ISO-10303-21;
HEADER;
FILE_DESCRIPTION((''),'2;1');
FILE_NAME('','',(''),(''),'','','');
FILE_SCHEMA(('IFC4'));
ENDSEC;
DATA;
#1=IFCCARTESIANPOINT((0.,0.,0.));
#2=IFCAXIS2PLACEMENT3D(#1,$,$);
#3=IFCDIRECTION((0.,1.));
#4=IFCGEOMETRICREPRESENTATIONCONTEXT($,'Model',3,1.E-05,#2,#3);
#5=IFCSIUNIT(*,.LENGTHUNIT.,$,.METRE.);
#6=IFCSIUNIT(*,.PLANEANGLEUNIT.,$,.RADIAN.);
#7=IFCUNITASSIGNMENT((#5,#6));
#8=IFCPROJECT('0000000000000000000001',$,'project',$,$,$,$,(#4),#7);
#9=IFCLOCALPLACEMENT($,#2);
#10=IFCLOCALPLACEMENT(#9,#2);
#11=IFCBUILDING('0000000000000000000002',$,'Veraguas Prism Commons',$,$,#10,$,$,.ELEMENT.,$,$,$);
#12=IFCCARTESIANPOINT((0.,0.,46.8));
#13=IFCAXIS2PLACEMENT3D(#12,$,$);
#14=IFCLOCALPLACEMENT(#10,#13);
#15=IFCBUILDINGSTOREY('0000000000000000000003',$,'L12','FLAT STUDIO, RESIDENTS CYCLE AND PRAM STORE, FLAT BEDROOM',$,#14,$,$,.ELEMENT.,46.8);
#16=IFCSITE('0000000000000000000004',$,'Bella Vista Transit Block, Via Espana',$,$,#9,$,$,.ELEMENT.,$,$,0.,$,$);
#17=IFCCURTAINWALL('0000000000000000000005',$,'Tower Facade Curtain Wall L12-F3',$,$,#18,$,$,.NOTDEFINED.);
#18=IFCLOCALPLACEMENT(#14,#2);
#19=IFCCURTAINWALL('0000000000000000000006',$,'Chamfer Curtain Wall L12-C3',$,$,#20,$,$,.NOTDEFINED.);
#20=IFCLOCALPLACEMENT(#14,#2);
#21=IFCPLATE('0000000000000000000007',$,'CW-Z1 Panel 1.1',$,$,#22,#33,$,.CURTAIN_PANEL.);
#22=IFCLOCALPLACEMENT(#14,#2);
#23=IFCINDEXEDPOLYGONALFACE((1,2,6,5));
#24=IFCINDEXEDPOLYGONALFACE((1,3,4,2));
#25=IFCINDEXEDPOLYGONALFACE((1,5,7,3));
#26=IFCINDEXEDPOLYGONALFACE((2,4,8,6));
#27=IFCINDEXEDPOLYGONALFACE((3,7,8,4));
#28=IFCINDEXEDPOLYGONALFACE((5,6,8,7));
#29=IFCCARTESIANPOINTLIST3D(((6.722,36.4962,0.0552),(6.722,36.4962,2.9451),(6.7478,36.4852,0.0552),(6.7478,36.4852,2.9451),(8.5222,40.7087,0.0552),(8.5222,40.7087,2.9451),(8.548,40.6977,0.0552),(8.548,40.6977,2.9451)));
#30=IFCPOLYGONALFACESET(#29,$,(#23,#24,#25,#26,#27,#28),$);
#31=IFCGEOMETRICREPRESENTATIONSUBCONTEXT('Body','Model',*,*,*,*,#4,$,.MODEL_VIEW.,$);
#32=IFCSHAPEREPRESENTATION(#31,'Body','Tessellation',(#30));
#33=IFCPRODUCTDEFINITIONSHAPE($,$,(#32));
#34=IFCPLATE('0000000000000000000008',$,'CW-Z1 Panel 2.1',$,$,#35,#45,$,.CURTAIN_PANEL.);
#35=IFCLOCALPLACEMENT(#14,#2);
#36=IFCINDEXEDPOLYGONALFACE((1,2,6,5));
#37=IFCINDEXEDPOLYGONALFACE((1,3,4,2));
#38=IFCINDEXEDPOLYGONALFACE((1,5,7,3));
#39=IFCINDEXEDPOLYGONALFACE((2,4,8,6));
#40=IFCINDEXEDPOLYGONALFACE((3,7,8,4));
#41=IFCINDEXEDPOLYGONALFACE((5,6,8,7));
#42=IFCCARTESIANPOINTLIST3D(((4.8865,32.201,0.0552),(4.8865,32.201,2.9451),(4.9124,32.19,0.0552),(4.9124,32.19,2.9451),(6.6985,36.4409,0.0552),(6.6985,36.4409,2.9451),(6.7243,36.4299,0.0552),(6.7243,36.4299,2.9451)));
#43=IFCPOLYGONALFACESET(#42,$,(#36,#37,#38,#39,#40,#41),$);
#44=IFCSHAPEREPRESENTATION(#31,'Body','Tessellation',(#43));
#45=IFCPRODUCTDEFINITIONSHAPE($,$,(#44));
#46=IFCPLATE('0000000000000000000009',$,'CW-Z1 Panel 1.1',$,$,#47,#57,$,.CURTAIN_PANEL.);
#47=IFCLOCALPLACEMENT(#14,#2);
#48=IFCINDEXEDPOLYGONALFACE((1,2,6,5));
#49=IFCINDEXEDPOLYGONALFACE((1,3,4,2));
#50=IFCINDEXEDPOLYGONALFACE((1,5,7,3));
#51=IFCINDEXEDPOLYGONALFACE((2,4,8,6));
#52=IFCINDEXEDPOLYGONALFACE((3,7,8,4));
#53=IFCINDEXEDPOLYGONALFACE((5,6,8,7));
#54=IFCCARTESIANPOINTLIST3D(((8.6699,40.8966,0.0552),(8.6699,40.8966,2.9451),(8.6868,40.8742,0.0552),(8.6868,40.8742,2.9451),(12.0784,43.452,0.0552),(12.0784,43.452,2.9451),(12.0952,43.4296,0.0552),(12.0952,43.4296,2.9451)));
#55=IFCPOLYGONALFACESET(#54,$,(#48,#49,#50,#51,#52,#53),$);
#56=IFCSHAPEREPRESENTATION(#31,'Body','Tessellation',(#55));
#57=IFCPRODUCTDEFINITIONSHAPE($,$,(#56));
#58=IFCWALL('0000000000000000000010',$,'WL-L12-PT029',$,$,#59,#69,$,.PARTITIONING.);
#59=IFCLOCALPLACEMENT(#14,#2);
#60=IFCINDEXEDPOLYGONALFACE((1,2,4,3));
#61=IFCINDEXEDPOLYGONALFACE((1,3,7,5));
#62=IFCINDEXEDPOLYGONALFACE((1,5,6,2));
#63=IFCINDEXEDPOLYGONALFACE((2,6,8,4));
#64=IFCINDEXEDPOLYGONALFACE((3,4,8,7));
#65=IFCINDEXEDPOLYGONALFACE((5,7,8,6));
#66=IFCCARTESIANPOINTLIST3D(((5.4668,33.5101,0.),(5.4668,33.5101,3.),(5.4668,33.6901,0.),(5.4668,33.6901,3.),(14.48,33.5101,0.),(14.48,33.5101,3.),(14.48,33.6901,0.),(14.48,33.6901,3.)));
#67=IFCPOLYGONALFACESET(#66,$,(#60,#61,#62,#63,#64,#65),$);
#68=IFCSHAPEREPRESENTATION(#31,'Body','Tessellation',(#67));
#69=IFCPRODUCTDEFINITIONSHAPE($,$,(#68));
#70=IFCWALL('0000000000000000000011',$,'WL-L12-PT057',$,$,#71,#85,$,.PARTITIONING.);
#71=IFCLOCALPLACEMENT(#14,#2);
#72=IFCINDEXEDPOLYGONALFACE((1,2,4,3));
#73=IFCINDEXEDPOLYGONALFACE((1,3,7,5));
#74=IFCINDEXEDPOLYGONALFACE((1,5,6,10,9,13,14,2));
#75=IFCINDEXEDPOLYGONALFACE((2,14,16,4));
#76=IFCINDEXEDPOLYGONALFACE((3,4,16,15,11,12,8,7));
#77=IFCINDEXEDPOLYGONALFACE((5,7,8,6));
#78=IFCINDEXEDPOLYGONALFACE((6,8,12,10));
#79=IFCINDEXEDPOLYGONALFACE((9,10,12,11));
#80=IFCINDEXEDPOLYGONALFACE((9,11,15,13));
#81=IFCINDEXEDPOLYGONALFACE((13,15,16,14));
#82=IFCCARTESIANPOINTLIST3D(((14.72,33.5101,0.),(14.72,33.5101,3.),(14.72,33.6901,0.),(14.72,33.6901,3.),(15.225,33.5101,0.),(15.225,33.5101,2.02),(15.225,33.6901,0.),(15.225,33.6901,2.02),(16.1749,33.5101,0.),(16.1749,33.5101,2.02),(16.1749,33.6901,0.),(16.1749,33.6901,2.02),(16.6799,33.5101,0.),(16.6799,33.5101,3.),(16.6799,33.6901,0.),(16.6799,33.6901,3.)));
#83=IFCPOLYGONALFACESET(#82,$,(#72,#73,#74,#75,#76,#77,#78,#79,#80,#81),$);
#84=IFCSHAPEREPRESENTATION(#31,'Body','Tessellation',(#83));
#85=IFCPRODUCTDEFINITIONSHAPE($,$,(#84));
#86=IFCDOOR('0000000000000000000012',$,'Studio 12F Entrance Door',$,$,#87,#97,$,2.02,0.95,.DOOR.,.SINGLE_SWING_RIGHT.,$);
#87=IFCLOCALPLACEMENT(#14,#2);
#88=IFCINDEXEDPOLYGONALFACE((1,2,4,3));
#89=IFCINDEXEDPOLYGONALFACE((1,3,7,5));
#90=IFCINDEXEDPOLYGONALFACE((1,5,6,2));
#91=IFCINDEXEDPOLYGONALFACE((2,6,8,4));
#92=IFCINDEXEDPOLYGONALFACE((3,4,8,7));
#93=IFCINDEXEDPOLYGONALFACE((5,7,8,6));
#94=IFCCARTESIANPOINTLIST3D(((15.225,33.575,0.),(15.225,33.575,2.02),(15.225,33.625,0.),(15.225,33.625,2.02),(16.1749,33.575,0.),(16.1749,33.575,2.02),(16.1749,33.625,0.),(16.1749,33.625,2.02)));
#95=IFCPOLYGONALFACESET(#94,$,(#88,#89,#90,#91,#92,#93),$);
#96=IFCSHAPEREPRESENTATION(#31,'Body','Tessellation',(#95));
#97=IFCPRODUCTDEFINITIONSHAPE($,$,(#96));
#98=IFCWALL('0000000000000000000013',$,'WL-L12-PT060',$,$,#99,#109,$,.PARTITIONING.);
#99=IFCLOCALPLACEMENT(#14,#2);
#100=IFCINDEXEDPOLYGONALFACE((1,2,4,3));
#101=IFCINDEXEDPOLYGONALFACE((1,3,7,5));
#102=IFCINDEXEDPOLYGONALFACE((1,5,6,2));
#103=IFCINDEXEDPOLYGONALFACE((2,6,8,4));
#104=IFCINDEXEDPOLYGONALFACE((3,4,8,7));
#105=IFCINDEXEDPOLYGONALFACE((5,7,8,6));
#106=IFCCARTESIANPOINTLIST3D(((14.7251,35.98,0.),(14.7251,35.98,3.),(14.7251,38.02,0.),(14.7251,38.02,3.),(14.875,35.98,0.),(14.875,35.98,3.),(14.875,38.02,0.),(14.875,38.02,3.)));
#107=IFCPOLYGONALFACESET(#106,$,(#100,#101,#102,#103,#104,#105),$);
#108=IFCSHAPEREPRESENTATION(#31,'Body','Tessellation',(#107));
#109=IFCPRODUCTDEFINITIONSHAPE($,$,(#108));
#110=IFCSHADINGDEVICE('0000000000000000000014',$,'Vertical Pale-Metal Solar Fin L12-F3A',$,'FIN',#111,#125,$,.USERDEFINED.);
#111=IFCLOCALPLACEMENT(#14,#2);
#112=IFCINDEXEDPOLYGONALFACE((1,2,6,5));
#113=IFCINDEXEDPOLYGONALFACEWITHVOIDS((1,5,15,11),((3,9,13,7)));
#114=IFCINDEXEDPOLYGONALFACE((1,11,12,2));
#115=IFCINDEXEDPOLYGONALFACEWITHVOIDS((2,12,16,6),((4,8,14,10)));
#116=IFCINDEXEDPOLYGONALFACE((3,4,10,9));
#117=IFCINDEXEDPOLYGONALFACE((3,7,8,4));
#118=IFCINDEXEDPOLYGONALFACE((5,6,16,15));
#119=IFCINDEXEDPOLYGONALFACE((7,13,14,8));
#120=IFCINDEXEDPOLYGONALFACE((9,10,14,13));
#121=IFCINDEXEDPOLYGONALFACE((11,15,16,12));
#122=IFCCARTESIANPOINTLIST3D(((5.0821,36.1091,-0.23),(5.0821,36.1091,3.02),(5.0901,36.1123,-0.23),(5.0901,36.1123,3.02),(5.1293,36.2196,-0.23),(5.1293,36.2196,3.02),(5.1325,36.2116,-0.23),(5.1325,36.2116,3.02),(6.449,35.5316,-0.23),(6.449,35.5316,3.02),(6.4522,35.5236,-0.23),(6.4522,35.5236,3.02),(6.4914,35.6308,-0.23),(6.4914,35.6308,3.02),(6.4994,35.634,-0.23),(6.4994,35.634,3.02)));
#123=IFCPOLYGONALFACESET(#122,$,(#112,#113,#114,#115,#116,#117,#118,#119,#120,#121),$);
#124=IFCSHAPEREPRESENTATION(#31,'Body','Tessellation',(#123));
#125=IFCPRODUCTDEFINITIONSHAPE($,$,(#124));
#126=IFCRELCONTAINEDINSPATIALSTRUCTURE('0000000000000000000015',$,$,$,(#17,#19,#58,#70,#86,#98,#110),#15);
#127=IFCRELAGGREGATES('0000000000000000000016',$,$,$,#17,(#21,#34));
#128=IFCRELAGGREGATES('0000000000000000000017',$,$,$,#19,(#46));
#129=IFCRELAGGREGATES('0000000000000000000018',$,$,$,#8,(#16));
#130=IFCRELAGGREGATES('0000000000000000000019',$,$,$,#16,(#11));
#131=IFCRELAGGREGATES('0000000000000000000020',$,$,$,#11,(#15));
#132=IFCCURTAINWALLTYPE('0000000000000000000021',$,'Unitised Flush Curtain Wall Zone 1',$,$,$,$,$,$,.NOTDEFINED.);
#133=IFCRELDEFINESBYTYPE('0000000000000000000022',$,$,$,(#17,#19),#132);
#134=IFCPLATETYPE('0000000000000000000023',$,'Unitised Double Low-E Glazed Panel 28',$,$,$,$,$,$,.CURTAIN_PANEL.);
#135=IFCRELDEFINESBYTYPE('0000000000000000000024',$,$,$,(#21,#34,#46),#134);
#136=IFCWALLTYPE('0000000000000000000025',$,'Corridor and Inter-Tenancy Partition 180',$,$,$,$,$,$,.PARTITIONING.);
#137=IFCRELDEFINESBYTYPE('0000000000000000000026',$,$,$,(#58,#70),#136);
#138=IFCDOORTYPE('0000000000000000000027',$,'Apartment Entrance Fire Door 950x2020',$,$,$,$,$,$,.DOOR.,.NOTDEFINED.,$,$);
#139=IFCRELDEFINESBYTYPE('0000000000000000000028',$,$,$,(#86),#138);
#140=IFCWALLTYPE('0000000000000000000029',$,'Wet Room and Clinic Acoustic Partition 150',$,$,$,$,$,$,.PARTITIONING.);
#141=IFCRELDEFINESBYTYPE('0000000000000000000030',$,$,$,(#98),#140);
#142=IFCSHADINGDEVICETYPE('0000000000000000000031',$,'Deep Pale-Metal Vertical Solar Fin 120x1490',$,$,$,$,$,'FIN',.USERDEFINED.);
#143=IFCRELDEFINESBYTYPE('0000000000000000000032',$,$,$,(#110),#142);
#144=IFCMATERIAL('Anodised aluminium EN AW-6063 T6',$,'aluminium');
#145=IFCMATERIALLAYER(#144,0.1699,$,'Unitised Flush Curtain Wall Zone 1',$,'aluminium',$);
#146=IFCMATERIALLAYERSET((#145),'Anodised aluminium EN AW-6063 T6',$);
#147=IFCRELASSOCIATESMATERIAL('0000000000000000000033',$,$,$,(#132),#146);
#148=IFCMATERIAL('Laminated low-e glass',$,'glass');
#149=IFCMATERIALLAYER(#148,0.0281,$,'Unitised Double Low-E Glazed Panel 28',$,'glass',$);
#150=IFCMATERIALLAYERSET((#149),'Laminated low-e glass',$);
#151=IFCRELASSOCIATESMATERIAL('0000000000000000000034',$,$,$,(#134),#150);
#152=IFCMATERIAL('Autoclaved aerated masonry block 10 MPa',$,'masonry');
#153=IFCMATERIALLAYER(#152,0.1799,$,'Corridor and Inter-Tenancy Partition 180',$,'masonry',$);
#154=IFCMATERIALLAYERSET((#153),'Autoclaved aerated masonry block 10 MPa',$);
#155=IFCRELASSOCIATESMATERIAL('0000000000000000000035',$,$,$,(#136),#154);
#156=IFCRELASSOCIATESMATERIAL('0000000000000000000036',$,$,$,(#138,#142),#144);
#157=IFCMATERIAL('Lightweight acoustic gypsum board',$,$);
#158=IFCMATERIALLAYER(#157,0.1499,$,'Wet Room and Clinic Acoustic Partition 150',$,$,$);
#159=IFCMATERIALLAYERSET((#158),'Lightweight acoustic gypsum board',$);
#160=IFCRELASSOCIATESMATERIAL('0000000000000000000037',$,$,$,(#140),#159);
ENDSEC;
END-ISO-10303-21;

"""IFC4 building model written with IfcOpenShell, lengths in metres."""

from ifc_helpers import new_model, si_unit, direction, frame, frame_2d, origin, origin_2d, place, context, subcontext, project, spatial, rectangle, hollow_rectangle, extrude, source, transform, mapped, material, layer, layer_set, material_profile, profile_set, type_object, element, fill, aggregate, save


model = new_model("IFC4")

# Units and contexts
model_context = context("Model", 3, precision=1e-05, world=origin(), true_north=direction((0.0, 1.0)))
body_context = subcontext(model_context, "Body", "Model", "MODEL_VIEW")
ifc_project = project(units=[si_unit("LENGTHUNIT", "METRE"), si_unit("PLANEANGLEUNIT", "RADIAN")], contexts=[model_context])

# Site, building, storey
site_placement = place(None, origin())
site = spatial("IfcSite", under=ifc_project, at=site_placement, Name="Bella Vista Transit Block, Via Espana", CompositionType="ELEMENT", RefElevation=0.0)
building_placement = place(site_placement, origin())
building = spatial("IfcBuilding", under=site, at=building_placement, Name="Veraguas Prism Commons", CompositionType="ELEMENT")
storey_placement = place(building_placement, frame((0.0, 0.0, 46.8)))
storey = spatial("IfcBuildingStorey", under=building, at=storey_placement, Name="L12", Description="FLAT STUDIO, RESIDENTS CYCLE AND PRAM STORE, FLAT BEDROOM", CompositionType="ELEMENT", Elevation=46.8)

# Curtain wall
ifc_material_1 = material(Name="Anodised aluminium EN AW-6063 T6", Category="aluminium")
ifc_layer_1 = layer(ifc_material_1, 0.1699, Name="Unitised Flush Curtain Wall Zone 1", Category="aluminium")
ifc_layer_set_1 = layer_set([ifc_layer_1], Name="Anodised aluminium EN AW-6063 T6")
curtain_wall_type = type_object("IfcCurtainWallType", Name="Unitised Flush Curtain Wall Zone 1", PredefinedType="NOTDEFINED", material=ifc_layer_set_1)
curtain_wall_1_placement = place(storey_placement, origin())
curtain_wall_1 = element("IfcCurtainWall", 1, at=curtain_wall_1_placement, inside=storey, type_object=curtain_wall_type, Name="Tower Facade Curtain Wall L12-F3", PredefinedType="NOTDEFINED")

# Curtain wall
curtain_wall_2_placement = place(storey_placement, origin())
curtain_wall_2 = element("IfcCurtainWall", 2, at=curtain_wall_2_placement, inside=storey, type_object=curtain_wall_type, Name="Chamfer Curtain Wall L12-C3", PredefinedType="NOTDEFINED")

# Plates
ifc_material_2 = material(Name="Laminated low-e glass", Category="glass")
ifc_layer_2 = layer(ifc_material_2, 0.0281, Name="Unitised Double Low-E Glazed Panel 28", Category="glass")
ifc_layer_set_2 = layer_set([ifc_layer_2], Name="Laminated low-e glass")
plate_type = type_object("IfcPlateType", Name="Unitised Double Low-E Glazed Panel 28", PredefinedType="CURTAIN_PANEL", material=ifc_layer_set_2)
shared_shape_1 = source(origin(), body_context, "Body", "SweptSolid", [
    extrude(rectangle(XDim=4.5811, YDim=0.0281, at=origin_2d()), origin(), (0.0, 0.0, 1.0), 2.8899),
])
plate_1_placement = place(storey_placement, frame((7.635, 38.5969, 0.0552), z_axis=(0.0, 0.0, 1.0), x_axis=(-0.392978, -0.919548, 0.0)))
plate_1 = element("IfcPlate", 3, at=plate_1_placement, type_object=plate_type, Name="CW-Z1 Panel 1.1", PredefinedType="CURTAIN_PANEL", context=body_context, shape_type="MappedRepresentation", body=[
    mapped(shared_shape_1, transform((0.0, 0.0, 0.0), scale=1.0)),
])
shared_shape_2 = source(origin(), body_context, "Body", "SweptSolid", [
    extrude(rectangle(XDim=4.6108, YDim=0.0281, at=origin_2d()), origin(), (0.0, 0.0, 1.0), 2.8899),
])
plate_2_placement = place(storey_placement, frame((5.8054, 34.3154, 0.0552), z_axis=(0.0, 0.0, 1.0), x_axis=(-0.392978, -0.919548, 0.0)))
plate_2 = element("IfcPlate", 4, at=plate_2_placement, type_object=plate_type, Name="CW-Z1 Panel 2.1", PredefinedType="CURTAIN_PANEL", context=body_context, shape_type="MappedRepresentation", body=[
    mapped(shared_shape_2, transform((0.0, 0.0, 0.0), scale=1.0)),
])
aggregate(curtain_wall_1, [plate_1, plate_2])
shared_shape_3 = source(origin(), body_context, "Body", "SweptSolid", [
    extrude(rectangle(XDim=4.26, YDim=0.0281, at=origin_2d()), origin(), (0.0, 0.0, 1.0), 2.8899),
])
plate_3_placement = place(storey_placement, frame((10.3826, 42.1631, 0.0552), z_axis=(0.0, 0.0, 1.0), x_axis=(-0.800107, -0.599858, 0.0)))
plate_3 = element("IfcPlate", 5, at=plate_3_placement, type_object=plate_type, Name="CW-Z1 Panel 1.1", PredefinedType="CURTAIN_PANEL", context=body_context, shape_type="MappedRepresentation", body=[
    mapped(shared_shape_3, transform((0.0, 0.0, 0.0), scale=1.0)),
])
aggregate(curtain_wall_2, [plate_3])

# Wall
ifc_material_3 = material(Name="Autoclaved aerated masonry block 10 MPa", Category="masonry")
ifc_layer_3 = layer(ifc_material_3, 0.1799, Name="Corridor and Inter-Tenancy Partition 180", Category="masonry")
ifc_layer_set_3 = layer_set([ifc_layer_3], Name="Autoclaved aerated masonry block 10 MPa")
wall_type_1 = type_object("IfcWallType", Name="Corridor and Inter-Tenancy Partition 180", PredefinedType="PARTITIONING", material=ifc_layer_set_3)
wall_1_placement = place(storey_placement, frame((14.48, 33.6001, 0.0), z_axis=(0.0, 0.0, 1.0), x_axis=(-1.0, 0.0, 0.0)))
element("IfcWall", 6, at=wall_1_placement, inside=storey, type_object=wall_type_1, Name="WL-L12-PT029", PredefinedType="PARTITIONING", context=body_context, shape_type="SweptSolid", body=[
    extrude(rectangle(XDim=9.0132, YDim=0.1799, at=frame_2d((4.5066, 0.0))), origin(), (0.0, 0.0, 1.0), 3.0),
])

# Wall, opening, door
wall_2_placement = place(storey_placement, frame((14.72, 33.6001, 0.0), z_axis=(0.0, 0.0, 1.0), x_axis=(1.0, 0.0, 0.0)))
wall_2 = element("IfcWall", 7, at=wall_2_placement, inside=storey, type_object=wall_type_1, Name="WL-L12-PT057", PredefinedType="PARTITIONING", context=body_context, shape_type="SweptSolid", body=[
    extrude(rectangle(XDim=1.96, YDim=0.1799, at=frame_2d((0.98, 0.0))), origin(), (0.0, 0.0, 1.0), 3.0),
])
opening_placement = place(wall_2_placement, frame((0.5049, 0.0, 0.0)))
opening = element("IfcOpeningElement", 8, at=opening_placement, cuts=wall_2, PredefinedType="OPENING", context=body_context, shape_type="SweptSolid", body=[
    extrude(rectangle(XDim=0.95, YDim=2.02, at=frame_2d((0.4751, 1.01))), frame((0.0, 0.0999, 0.0), z_axis=(0.0, -1.0, 0.0), x_axis=(1.0, 0.0, 0.0)), (0.0, 0.0, 1.0), 0.2),
])
door_type = type_object("IfcDoorType", Name="Apartment Entrance Fire Door 950x2020", OperationType="NOTDEFINED", PredefinedType="DOOR", material=ifc_material_1)
shared_shape_4 = source(origin(), body_context, "Body", "SweptSolid", [
    extrude(rectangle(XDim=0.95, YDim=2.02, at=frame_2d((0.4751, 1.01))), frame((0.0, 0.0249, 0.0), z_axis=(0.0, -1.0, 0.0), x_axis=(1.0, 0.0, 0.0)), (0.0, 0.0, 1.0), 0.05),
])
door_placement = place(opening_placement, origin())
door = element("IfcDoor", 9, at=door_placement, inside=storey, type_object=door_type, Name="Studio 12F Entrance Door", OperationType="SINGLE_SWING_RIGHT", OverallHeight=2.02, OverallWidth=0.95, PredefinedType="DOOR", context=body_context, shape_type="MappedRepresentation", body=[
    mapped(shared_shape_4, transform((0.0, 0.0, 0.0), scale=1.0)),
])
fill(opening, door)

# Wall
ifc_material_4 = material(Name="Lightweight acoustic gypsum board")
ifc_layer_4 = layer(ifc_material_4, 0.1499, Name="Wet Room and Clinic Acoustic Partition 150")
ifc_layer_set_4 = layer_set([ifc_layer_4], Name="Lightweight acoustic gypsum board")
wall_type_2 = type_object("IfcWallType", Name="Wet Room and Clinic Acoustic Partition 150", PredefinedType="PARTITIONING", material=ifc_layer_set_4)
wall_3_placement = place(storey_placement, frame((14.8, 35.98, 0.0), z_axis=(0.0, 0.0, 1.0), x_axis=(0.0, 1.0, 0.0)))
element("IfcWall", 10, at=wall_3_placement, inside=storey, type_object=wall_type_2, Name="WL-L12-PT060", PredefinedType="PARTITIONING", context=body_context, shape_type="SweptSolid", body=[
    extrude(rectangle(XDim=2.04, YDim=0.1499, at=frame_2d((1.02, 0.0))), origin(), (0.0, 0.0, 1.0), 3.0),
])

# Shading device
ifc_material_profile_1 = material_profile(ifc_material_1, hollow_rectangle(XDim=0.1201, YDim=1.49, WallThickness=0.0061, at=origin_2d()), Name="FIN120X1490X6")
ifc_profile_set_1 = profile_set([ifc_material_profile_1], Name="Anodised aluminium EN AW-6063 T6")
shading_device_type = type_object("IfcShadingDeviceType", Name="Deep Pale-Metal Vertical Solar Fin 120x1490", ElementType="FIN", PredefinedType="USERDEFINED", material=ifc_profile_set_1)
shading_device_placement = place(storey_placement, frame((5.7908, 35.8716, -0.23), z_axis=(0.0, 0.0, 1.0), x_axis=(-0.392979, -0.919547, 0.0)))
element("IfcShadingDevice", 11, at=shading_device_placement, inside=storey, type_object=shading_device_type, Name="Vertical Pale-Metal Solar Fin L12-F3A", ObjectType="FIN", PredefinedType="USERDEFINED", context=body_context, shape_type="SweptSolid", body=[
    extrude(hollow_rectangle(XDim=0.1201, YDim=1.49, WallThickness=0.0061, at=origin_2d()), origin(), (0.0, 0.0, 1.0), 3.25),
])

save(model, "model.ifc")
